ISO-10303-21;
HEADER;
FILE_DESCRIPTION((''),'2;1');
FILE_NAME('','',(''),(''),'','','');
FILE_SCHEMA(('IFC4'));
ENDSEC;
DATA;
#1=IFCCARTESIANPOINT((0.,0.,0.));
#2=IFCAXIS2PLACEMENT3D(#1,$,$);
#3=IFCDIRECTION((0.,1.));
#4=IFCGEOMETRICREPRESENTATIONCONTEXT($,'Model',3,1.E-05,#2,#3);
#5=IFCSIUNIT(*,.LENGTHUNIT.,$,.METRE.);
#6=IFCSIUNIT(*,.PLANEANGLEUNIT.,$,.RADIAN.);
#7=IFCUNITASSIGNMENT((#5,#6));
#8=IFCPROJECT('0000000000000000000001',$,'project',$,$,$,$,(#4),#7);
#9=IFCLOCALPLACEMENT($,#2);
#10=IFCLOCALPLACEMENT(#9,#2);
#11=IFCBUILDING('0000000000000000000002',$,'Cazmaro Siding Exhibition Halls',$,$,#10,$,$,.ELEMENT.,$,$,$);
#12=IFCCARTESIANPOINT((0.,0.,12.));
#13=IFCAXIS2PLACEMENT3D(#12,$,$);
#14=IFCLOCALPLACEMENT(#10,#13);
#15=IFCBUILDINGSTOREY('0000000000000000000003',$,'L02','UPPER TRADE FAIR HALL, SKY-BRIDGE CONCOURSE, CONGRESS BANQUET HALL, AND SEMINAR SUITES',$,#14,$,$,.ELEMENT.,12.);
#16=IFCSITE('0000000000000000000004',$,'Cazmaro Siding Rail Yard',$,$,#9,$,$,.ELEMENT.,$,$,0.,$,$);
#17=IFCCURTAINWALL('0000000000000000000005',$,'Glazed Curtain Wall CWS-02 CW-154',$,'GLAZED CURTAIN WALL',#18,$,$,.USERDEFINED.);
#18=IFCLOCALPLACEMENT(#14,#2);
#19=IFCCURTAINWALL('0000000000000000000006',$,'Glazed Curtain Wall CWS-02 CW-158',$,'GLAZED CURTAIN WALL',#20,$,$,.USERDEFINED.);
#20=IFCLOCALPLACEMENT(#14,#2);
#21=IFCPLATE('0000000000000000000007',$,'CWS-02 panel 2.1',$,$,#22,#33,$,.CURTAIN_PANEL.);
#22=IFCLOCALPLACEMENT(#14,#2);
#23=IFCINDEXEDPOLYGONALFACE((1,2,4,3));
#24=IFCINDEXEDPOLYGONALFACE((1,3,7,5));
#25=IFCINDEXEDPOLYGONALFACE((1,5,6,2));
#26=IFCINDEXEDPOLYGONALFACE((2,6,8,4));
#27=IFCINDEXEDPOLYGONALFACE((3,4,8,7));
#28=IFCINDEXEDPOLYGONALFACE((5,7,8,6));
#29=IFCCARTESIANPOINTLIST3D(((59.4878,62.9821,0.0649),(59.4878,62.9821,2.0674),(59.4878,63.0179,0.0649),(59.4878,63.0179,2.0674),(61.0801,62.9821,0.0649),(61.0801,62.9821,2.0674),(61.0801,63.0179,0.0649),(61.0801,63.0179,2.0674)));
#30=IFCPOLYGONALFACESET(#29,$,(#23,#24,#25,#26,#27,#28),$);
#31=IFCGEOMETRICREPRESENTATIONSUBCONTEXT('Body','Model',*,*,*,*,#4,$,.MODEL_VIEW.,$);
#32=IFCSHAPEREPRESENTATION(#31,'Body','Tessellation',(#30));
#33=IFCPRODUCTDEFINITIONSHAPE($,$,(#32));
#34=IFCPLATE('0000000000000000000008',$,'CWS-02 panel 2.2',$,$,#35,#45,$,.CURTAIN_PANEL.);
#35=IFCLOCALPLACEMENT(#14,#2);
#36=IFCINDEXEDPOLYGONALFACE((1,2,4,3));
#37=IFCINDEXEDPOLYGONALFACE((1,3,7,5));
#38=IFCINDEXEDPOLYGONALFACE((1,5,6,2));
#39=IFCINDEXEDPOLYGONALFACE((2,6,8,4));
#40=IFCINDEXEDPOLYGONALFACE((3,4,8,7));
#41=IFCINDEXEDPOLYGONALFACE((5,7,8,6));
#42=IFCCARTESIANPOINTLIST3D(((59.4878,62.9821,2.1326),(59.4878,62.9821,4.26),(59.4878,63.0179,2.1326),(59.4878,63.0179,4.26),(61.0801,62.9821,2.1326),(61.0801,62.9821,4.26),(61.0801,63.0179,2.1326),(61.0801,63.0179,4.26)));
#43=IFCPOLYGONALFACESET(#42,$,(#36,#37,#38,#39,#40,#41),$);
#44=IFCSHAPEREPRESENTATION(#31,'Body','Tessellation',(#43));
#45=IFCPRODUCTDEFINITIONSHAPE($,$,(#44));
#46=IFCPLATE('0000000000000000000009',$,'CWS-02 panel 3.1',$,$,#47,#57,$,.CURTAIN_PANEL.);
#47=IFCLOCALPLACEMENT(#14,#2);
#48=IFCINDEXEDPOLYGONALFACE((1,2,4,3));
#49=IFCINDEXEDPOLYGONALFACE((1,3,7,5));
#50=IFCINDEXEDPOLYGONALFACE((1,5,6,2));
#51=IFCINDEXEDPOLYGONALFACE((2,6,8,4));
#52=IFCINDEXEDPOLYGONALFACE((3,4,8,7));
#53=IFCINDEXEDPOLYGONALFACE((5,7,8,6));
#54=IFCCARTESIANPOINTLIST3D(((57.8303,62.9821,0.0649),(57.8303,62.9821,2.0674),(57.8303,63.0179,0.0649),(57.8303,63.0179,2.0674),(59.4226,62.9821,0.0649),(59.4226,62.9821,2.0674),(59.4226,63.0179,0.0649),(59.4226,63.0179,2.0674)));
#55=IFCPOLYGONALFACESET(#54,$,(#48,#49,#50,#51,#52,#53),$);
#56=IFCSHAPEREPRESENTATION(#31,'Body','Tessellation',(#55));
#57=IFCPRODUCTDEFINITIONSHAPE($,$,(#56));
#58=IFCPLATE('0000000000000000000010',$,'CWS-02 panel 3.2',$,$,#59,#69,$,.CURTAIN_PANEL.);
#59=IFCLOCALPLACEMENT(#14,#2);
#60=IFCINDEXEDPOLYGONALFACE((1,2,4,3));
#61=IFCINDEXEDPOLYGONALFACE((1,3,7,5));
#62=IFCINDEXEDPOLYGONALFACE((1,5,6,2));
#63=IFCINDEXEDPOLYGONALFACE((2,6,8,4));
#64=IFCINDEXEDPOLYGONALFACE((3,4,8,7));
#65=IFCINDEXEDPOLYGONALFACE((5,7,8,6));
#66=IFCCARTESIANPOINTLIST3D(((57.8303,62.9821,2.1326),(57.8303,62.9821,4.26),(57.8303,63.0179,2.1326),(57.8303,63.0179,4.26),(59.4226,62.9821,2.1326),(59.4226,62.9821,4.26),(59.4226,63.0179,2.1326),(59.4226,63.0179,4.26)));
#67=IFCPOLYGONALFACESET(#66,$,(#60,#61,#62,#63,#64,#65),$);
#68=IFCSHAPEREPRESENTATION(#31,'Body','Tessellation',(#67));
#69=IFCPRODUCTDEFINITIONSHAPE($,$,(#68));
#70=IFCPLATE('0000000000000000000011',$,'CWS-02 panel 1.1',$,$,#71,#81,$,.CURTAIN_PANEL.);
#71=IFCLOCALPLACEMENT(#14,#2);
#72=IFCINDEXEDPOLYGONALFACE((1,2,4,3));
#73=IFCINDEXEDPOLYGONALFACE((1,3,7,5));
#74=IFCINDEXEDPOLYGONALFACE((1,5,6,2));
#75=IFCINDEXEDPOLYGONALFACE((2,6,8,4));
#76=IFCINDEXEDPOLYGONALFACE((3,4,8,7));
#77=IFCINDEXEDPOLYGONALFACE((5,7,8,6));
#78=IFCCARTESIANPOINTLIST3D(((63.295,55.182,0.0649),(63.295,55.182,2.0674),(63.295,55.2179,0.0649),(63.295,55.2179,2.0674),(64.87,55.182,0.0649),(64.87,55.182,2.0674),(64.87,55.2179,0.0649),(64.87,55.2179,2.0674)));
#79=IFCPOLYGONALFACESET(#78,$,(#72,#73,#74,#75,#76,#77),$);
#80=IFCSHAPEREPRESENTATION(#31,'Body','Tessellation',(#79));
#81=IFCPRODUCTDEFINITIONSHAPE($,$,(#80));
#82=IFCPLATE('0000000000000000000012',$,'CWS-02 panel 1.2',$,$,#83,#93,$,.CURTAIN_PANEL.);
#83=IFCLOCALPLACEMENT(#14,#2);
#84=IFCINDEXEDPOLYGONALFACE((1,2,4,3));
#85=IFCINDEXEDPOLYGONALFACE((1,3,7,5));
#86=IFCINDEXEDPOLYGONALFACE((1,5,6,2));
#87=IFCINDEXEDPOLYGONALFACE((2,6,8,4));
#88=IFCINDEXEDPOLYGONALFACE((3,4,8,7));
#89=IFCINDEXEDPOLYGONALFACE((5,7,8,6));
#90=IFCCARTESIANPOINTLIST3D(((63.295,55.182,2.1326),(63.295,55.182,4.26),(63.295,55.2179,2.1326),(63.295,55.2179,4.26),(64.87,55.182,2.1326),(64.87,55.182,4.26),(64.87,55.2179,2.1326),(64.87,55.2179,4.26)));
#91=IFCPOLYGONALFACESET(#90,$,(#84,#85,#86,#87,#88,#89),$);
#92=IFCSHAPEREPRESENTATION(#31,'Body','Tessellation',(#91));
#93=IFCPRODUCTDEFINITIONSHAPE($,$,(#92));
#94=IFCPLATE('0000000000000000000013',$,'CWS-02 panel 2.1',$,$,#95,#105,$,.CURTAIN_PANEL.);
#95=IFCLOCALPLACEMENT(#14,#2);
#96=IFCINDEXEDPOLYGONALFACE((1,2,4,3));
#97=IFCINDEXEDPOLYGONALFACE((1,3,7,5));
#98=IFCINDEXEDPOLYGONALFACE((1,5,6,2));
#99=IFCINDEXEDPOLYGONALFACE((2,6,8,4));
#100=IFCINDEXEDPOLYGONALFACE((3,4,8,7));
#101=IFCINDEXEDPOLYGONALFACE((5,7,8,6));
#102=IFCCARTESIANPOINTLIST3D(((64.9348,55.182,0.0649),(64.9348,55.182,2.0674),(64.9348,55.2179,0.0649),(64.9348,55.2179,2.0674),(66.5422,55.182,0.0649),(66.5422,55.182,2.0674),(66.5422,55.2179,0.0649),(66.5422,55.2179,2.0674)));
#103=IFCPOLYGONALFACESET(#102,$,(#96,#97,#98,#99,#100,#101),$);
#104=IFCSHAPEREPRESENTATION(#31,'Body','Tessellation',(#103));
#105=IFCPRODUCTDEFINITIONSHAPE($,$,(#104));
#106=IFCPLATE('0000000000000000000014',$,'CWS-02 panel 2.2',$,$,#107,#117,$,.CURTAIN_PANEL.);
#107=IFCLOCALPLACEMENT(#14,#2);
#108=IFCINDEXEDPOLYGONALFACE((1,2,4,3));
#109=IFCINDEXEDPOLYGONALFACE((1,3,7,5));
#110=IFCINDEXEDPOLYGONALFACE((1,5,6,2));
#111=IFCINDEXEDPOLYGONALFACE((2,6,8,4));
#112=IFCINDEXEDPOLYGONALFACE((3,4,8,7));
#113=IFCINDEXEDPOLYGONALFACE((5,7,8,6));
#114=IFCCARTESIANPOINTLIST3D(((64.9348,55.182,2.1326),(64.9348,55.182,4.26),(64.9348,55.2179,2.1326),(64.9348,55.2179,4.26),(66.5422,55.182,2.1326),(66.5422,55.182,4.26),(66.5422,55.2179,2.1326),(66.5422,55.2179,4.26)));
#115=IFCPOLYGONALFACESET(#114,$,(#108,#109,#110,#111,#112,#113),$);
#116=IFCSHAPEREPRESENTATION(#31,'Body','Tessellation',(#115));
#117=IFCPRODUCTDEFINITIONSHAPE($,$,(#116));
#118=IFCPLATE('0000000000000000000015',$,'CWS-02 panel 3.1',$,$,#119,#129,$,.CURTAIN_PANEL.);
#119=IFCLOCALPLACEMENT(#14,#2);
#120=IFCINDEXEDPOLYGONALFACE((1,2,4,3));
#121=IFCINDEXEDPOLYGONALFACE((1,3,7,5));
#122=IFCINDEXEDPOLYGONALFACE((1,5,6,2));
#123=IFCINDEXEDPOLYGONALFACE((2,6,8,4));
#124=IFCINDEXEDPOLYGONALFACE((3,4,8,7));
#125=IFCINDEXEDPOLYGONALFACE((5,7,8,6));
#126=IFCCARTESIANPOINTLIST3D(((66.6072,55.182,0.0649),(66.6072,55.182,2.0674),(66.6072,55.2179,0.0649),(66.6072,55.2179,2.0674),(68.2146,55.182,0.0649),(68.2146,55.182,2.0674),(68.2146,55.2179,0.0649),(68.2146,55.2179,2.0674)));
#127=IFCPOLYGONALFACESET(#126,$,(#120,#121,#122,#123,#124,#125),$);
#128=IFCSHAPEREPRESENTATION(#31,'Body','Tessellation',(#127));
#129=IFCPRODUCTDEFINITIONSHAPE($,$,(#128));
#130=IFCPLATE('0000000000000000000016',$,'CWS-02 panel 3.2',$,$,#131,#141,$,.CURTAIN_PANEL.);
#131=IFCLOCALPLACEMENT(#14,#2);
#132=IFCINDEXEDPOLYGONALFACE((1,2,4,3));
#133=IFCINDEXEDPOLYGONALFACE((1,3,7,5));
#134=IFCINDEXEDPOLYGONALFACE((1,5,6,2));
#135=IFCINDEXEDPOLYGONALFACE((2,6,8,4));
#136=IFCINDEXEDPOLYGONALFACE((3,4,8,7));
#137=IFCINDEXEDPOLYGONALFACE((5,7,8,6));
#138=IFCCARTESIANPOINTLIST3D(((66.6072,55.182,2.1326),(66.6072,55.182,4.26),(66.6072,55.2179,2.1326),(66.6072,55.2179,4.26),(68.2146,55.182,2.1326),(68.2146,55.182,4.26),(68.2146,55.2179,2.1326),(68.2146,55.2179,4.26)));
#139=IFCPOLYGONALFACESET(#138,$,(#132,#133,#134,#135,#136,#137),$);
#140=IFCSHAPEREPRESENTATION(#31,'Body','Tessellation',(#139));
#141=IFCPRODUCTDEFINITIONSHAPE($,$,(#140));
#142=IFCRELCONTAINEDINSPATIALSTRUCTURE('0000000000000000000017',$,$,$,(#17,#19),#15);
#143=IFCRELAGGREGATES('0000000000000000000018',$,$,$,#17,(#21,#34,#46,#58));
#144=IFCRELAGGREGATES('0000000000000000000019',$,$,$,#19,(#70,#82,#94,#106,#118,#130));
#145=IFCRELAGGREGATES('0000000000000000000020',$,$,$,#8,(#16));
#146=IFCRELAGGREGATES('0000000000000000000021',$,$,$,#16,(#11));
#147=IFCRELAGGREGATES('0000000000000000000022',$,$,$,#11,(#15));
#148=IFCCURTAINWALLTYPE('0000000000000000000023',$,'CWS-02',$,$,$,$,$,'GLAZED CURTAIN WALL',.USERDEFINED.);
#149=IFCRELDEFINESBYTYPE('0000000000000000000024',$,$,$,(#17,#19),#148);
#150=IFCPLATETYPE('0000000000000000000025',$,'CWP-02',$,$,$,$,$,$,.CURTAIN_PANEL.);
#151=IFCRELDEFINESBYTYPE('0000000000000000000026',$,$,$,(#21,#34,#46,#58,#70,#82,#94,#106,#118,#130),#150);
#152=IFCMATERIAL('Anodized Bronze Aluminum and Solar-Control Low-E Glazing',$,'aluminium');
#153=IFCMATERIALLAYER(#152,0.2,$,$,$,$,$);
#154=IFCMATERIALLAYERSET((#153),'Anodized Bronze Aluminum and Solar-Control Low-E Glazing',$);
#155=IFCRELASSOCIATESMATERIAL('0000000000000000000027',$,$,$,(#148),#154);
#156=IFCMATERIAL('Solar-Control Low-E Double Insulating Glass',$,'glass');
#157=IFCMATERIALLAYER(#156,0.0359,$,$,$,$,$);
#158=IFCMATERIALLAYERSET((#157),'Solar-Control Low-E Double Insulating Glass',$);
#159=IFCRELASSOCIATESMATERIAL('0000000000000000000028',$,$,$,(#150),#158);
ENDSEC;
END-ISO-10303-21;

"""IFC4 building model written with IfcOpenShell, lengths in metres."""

from ifc_helpers import new_model, si_unit, direction, frame, origin, origin_2d, place, context, subcontext, project, spatial, rectangle, extrude, material, layer, layer_set, type_object, element, aggregate, save


model = new_model("IFC4")

# Units and contexts
model_context = context("Model", 3, precision=1e-05, world=origin(), true_north=direction((0.0, 1.0)))
body_context = subcontext(model_context, "Body", "Model", "MODEL_VIEW")
ifc_project = project(units=[si_unit("LENGTHUNIT", "METRE"), si_unit("PLANEANGLEUNIT", "RADIAN")], contexts=[model_context])

# Site, building, storey
site_placement = place(None, origin())
site = spatial("IfcSite", under=ifc_project, at=site_placement, Name="Cazmaro Siding Rail Yard", CompositionType="ELEMENT", RefElevation=0.0)
building_placement = place(site_placement, origin())
building = spatial("IfcBuilding", under=site, at=building_placement, Name="Cazmaro Siding Exhibition Halls", CompositionType="ELEMENT")
storey_placement = place(building_placement, frame((0.0, 0.0, 12.0)))
storey = spatial("IfcBuildingStorey", under=building, at=storey_placement, Name="L02", Description="UPPER TRADE FAIR HALL, SKY-BRIDGE CONCOURSE, CONGRESS BANQUET HALL, AND SEMINAR SUITES", CompositionType="ELEMENT", Elevation=12.0)

# Curtain walls
ifc_material_1 = material(Name="Anodized Bronze Aluminum and Solar-Control Low-E Glazing", Category="aluminium")
ifc_layer_1 = layer(ifc_material_1, 0.2)
ifc_layer_set_1 = layer_set([ifc_layer_1], Name="Anodized Bronze Aluminum and Solar-Control Low-E Glazing")
curtain_wall_type = type_object("IfcCurtainWallType", Name="CWS-02", ElementType="GLAZED CURTAIN WALL", PredefinedType="USERDEFINED", material=ifc_layer_set_1)
curtain_wall_1_placement = place(storey_placement, origin())
curtain_wall_1 = element("IfcCurtainWall", 1, at=curtain_wall_1_placement, inside=storey, type_object=curtain_wall_type, Name="Glazed Curtain Wall CWS-02 CW-154", ObjectType="GLAZED CURTAIN WALL", PredefinedType="USERDEFINED")
curtain_wall_2_placement = place(storey_placement, origin())
curtain_wall_2 = element("IfcCurtainWall", 2, at=curtain_wall_2_placement, inside=storey, type_object=curtain_wall_type, Name="Glazed Curtain Wall CWS-02 CW-158", ObjectType="GLAZED CURTAIN WALL", PredefinedType="USERDEFINED")

# Plates
ifc_material_2 = material(Name="Solar-Control Low-E Double Insulating Glass", Category="glass")
ifc_layer_2 = layer(ifc_material_2, 0.0359)
ifc_layer_set_2 = layer_set([ifc_layer_2], Name="Solar-Control Low-E Double Insulating Glass")
plate_type = type_object("IfcPlateType", Name="CWP-02", PredefinedType="CURTAIN_PANEL", material=ifc_layer_set_2)
plate_1_placement = place(storey_placement, frame((60.2839, 63.0, 0.0649), z_axis=(0.0, 0.0, 1.0), x_axis=(-1.0, 0.0, 0.0)))
plate_1 = element("IfcPlate", 3, at=plate_1_placement, type_object=plate_type, Name="CWS-02 panel 2.1", PredefinedType="CURTAIN_PANEL", context=body_context, shape_type="SweptSolid", body=[
    extrude(rectangle(XDim=1.5923, YDim=0.0359, at=origin_2d()), origin(), (0.0, 0.0, 1.0), 2.0024),
])
plate_2_placement = place(storey_placement, frame((60.2839, 63.0, 2.1326), z_axis=(0.0, 0.0, 1.0), x_axis=(-1.0, 0.0, 0.0)))
plate_2 = element("IfcPlate", 4, at=plate_2_placement, type_object=plate_type, Name="CWS-02 panel 2.2", PredefinedType="CURTAIN_PANEL", context=body_context, shape_type="SweptSolid", body=[
    extrude(rectangle(XDim=1.5923, YDim=0.0359, at=origin_2d()), origin(), (0.0, 0.0, 1.0), 2.1274),
])
plate_3_placement = place(storey_placement, frame((58.6265, 63.0, 0.0649), z_axis=(0.0, 0.0, 1.0), x_axis=(-1.0, 0.0, 0.0)))
plate_3 = element("IfcPlate", 5, at=plate_3_placement, type_object=plate_type, Name="CWS-02 panel 3.1", PredefinedType="CURTAIN_PANEL", context=body_context, shape_type="SweptSolid", body=[
    extrude(rectangle(XDim=1.5923, YDim=0.0359, at=origin_2d()), origin(), (0.0, 0.0, 1.0), 2.0024),
])
plate_4_placement = place(storey_placement, frame((58.6265, 63.0, 2.1326), z_axis=(0.0, 0.0, 1.0), x_axis=(-1.0, 0.0, 0.0)))
plate_4 = element("IfcPlate", 6, at=plate_4_placement, type_object=plate_type, Name="CWS-02 panel 3.2", PredefinedType="CURTAIN_PANEL", context=body_context, shape_type="SweptSolid", body=[
    extrude(rectangle(XDim=1.5923, YDim=0.0359, at=origin_2d()), origin(), (0.0, 0.0, 1.0), 2.1274),
])
aggregate(curtain_wall_1, [plate_1, plate_2, plate_3, plate_4])
plate_5_placement = place(storey_placement, frame((64.0825, 55.2, 0.0649), z_axis=(0.0, 0.0, 1.0), x_axis=(1.0, 0.0, 0.0)))
plate_5 = element("IfcPlate", 7, at=plate_5_placement, type_object=plate_type, Name="CWS-02 panel 1.1", PredefinedType="CURTAIN_PANEL", context=body_context, shape_type="SweptSolid", body=[
    extrude(rectangle(XDim=1.575, YDim=0.0359, at=origin_2d()), origin(), (0.0, 0.0, 1.0), 2.0024),
])
plate_6_placement = place(storey_placement, frame((64.0825, 55.2, 2.1326), z_axis=(0.0, 0.0, 1.0), x_axis=(1.0, 0.0, 0.0)))
plate_6 = element("IfcPlate", 8, at=plate_6_placement, type_object=plate_type, Name="CWS-02 panel 1.2", PredefinedType="CURTAIN_PANEL", context=body_context, shape_type="SweptSolid", body=[
    extrude(rectangle(XDim=1.575, YDim=0.0359, at=origin_2d()), origin(), (0.0, 0.0, 1.0), 2.1274),
])
plate_7_placement = place(storey_placement, frame((65.7385, 55.2, 0.0649), z_axis=(0.0, 0.0, 1.0), x_axis=(1.0, 0.0, 0.0)))
plate_7 = element("IfcPlate", 9, at=plate_7_placement, type_object=plate_type, Name="CWS-02 panel 2.1", PredefinedType="CURTAIN_PANEL", context=body_context, shape_type="SweptSolid", body=[
    extrude(rectangle(XDim=1.6074, YDim=0.0359, at=origin_2d()), origin(), (0.0, 0.0, 1.0), 2.0024),
])
plate_8_placement = place(storey_placement, frame((65.7385, 55.2, 2.1326), z_axis=(0.0, 0.0, 1.0), x_axis=(1.0, 0.0, 0.0)))
plate_8 = element("IfcPlate", 10, at=plate_8_placement, type_object=plate_type, Name="CWS-02 panel 2.2", PredefinedType="CURTAIN_PANEL", context=body_context, shape_type="SweptSolid", body=[
    extrude(rectangle(XDim=1.6074, YDim=0.0359, at=origin_2d()), origin(), (0.0, 0.0, 1.0), 2.1274),
])
plate_9_placement = place(storey_placement, frame((67.4109, 55.2, 0.0649), z_axis=(0.0, 0.0, 1.0), x_axis=(1.0, 0.0, 0.0)))
plate_9 = element("IfcPlate", 11, at=plate_9_placement, type_object=plate_type, Name="CWS-02 panel 3.1", PredefinedType="CURTAIN_PANEL", context=body_context, shape_type="SweptSolid", body=[
    extrude(rectangle(XDim=1.6074, YDim=0.0359, at=origin_2d()), origin(), (0.0, 0.0, 1.0), 2.0024),
])
plate_10_placement = place(storey_placement, frame((67.4109, 55.2, 2.1326), z_axis=(0.0, 0.0, 1.0), x_axis=(1.0, 0.0, 0.0)))
plate_10 = element("IfcPlate", 12, at=plate_10_placement, type_object=plate_type, Name="CWS-02 panel 3.2", PredefinedType="CURTAIN_PANEL", context=body_context, shape_type="SweptSolid", body=[
    extrude(rectangle(XDim=1.6074, YDim=0.0359, at=origin_2d()), origin(), (0.0, 0.0, 1.0), 2.1274),
])
aggregate(curtain_wall_2, [plate_5, plate_6, plate_7, plate_8, plate_9, plate_10])

save(model, "model.ifc")
